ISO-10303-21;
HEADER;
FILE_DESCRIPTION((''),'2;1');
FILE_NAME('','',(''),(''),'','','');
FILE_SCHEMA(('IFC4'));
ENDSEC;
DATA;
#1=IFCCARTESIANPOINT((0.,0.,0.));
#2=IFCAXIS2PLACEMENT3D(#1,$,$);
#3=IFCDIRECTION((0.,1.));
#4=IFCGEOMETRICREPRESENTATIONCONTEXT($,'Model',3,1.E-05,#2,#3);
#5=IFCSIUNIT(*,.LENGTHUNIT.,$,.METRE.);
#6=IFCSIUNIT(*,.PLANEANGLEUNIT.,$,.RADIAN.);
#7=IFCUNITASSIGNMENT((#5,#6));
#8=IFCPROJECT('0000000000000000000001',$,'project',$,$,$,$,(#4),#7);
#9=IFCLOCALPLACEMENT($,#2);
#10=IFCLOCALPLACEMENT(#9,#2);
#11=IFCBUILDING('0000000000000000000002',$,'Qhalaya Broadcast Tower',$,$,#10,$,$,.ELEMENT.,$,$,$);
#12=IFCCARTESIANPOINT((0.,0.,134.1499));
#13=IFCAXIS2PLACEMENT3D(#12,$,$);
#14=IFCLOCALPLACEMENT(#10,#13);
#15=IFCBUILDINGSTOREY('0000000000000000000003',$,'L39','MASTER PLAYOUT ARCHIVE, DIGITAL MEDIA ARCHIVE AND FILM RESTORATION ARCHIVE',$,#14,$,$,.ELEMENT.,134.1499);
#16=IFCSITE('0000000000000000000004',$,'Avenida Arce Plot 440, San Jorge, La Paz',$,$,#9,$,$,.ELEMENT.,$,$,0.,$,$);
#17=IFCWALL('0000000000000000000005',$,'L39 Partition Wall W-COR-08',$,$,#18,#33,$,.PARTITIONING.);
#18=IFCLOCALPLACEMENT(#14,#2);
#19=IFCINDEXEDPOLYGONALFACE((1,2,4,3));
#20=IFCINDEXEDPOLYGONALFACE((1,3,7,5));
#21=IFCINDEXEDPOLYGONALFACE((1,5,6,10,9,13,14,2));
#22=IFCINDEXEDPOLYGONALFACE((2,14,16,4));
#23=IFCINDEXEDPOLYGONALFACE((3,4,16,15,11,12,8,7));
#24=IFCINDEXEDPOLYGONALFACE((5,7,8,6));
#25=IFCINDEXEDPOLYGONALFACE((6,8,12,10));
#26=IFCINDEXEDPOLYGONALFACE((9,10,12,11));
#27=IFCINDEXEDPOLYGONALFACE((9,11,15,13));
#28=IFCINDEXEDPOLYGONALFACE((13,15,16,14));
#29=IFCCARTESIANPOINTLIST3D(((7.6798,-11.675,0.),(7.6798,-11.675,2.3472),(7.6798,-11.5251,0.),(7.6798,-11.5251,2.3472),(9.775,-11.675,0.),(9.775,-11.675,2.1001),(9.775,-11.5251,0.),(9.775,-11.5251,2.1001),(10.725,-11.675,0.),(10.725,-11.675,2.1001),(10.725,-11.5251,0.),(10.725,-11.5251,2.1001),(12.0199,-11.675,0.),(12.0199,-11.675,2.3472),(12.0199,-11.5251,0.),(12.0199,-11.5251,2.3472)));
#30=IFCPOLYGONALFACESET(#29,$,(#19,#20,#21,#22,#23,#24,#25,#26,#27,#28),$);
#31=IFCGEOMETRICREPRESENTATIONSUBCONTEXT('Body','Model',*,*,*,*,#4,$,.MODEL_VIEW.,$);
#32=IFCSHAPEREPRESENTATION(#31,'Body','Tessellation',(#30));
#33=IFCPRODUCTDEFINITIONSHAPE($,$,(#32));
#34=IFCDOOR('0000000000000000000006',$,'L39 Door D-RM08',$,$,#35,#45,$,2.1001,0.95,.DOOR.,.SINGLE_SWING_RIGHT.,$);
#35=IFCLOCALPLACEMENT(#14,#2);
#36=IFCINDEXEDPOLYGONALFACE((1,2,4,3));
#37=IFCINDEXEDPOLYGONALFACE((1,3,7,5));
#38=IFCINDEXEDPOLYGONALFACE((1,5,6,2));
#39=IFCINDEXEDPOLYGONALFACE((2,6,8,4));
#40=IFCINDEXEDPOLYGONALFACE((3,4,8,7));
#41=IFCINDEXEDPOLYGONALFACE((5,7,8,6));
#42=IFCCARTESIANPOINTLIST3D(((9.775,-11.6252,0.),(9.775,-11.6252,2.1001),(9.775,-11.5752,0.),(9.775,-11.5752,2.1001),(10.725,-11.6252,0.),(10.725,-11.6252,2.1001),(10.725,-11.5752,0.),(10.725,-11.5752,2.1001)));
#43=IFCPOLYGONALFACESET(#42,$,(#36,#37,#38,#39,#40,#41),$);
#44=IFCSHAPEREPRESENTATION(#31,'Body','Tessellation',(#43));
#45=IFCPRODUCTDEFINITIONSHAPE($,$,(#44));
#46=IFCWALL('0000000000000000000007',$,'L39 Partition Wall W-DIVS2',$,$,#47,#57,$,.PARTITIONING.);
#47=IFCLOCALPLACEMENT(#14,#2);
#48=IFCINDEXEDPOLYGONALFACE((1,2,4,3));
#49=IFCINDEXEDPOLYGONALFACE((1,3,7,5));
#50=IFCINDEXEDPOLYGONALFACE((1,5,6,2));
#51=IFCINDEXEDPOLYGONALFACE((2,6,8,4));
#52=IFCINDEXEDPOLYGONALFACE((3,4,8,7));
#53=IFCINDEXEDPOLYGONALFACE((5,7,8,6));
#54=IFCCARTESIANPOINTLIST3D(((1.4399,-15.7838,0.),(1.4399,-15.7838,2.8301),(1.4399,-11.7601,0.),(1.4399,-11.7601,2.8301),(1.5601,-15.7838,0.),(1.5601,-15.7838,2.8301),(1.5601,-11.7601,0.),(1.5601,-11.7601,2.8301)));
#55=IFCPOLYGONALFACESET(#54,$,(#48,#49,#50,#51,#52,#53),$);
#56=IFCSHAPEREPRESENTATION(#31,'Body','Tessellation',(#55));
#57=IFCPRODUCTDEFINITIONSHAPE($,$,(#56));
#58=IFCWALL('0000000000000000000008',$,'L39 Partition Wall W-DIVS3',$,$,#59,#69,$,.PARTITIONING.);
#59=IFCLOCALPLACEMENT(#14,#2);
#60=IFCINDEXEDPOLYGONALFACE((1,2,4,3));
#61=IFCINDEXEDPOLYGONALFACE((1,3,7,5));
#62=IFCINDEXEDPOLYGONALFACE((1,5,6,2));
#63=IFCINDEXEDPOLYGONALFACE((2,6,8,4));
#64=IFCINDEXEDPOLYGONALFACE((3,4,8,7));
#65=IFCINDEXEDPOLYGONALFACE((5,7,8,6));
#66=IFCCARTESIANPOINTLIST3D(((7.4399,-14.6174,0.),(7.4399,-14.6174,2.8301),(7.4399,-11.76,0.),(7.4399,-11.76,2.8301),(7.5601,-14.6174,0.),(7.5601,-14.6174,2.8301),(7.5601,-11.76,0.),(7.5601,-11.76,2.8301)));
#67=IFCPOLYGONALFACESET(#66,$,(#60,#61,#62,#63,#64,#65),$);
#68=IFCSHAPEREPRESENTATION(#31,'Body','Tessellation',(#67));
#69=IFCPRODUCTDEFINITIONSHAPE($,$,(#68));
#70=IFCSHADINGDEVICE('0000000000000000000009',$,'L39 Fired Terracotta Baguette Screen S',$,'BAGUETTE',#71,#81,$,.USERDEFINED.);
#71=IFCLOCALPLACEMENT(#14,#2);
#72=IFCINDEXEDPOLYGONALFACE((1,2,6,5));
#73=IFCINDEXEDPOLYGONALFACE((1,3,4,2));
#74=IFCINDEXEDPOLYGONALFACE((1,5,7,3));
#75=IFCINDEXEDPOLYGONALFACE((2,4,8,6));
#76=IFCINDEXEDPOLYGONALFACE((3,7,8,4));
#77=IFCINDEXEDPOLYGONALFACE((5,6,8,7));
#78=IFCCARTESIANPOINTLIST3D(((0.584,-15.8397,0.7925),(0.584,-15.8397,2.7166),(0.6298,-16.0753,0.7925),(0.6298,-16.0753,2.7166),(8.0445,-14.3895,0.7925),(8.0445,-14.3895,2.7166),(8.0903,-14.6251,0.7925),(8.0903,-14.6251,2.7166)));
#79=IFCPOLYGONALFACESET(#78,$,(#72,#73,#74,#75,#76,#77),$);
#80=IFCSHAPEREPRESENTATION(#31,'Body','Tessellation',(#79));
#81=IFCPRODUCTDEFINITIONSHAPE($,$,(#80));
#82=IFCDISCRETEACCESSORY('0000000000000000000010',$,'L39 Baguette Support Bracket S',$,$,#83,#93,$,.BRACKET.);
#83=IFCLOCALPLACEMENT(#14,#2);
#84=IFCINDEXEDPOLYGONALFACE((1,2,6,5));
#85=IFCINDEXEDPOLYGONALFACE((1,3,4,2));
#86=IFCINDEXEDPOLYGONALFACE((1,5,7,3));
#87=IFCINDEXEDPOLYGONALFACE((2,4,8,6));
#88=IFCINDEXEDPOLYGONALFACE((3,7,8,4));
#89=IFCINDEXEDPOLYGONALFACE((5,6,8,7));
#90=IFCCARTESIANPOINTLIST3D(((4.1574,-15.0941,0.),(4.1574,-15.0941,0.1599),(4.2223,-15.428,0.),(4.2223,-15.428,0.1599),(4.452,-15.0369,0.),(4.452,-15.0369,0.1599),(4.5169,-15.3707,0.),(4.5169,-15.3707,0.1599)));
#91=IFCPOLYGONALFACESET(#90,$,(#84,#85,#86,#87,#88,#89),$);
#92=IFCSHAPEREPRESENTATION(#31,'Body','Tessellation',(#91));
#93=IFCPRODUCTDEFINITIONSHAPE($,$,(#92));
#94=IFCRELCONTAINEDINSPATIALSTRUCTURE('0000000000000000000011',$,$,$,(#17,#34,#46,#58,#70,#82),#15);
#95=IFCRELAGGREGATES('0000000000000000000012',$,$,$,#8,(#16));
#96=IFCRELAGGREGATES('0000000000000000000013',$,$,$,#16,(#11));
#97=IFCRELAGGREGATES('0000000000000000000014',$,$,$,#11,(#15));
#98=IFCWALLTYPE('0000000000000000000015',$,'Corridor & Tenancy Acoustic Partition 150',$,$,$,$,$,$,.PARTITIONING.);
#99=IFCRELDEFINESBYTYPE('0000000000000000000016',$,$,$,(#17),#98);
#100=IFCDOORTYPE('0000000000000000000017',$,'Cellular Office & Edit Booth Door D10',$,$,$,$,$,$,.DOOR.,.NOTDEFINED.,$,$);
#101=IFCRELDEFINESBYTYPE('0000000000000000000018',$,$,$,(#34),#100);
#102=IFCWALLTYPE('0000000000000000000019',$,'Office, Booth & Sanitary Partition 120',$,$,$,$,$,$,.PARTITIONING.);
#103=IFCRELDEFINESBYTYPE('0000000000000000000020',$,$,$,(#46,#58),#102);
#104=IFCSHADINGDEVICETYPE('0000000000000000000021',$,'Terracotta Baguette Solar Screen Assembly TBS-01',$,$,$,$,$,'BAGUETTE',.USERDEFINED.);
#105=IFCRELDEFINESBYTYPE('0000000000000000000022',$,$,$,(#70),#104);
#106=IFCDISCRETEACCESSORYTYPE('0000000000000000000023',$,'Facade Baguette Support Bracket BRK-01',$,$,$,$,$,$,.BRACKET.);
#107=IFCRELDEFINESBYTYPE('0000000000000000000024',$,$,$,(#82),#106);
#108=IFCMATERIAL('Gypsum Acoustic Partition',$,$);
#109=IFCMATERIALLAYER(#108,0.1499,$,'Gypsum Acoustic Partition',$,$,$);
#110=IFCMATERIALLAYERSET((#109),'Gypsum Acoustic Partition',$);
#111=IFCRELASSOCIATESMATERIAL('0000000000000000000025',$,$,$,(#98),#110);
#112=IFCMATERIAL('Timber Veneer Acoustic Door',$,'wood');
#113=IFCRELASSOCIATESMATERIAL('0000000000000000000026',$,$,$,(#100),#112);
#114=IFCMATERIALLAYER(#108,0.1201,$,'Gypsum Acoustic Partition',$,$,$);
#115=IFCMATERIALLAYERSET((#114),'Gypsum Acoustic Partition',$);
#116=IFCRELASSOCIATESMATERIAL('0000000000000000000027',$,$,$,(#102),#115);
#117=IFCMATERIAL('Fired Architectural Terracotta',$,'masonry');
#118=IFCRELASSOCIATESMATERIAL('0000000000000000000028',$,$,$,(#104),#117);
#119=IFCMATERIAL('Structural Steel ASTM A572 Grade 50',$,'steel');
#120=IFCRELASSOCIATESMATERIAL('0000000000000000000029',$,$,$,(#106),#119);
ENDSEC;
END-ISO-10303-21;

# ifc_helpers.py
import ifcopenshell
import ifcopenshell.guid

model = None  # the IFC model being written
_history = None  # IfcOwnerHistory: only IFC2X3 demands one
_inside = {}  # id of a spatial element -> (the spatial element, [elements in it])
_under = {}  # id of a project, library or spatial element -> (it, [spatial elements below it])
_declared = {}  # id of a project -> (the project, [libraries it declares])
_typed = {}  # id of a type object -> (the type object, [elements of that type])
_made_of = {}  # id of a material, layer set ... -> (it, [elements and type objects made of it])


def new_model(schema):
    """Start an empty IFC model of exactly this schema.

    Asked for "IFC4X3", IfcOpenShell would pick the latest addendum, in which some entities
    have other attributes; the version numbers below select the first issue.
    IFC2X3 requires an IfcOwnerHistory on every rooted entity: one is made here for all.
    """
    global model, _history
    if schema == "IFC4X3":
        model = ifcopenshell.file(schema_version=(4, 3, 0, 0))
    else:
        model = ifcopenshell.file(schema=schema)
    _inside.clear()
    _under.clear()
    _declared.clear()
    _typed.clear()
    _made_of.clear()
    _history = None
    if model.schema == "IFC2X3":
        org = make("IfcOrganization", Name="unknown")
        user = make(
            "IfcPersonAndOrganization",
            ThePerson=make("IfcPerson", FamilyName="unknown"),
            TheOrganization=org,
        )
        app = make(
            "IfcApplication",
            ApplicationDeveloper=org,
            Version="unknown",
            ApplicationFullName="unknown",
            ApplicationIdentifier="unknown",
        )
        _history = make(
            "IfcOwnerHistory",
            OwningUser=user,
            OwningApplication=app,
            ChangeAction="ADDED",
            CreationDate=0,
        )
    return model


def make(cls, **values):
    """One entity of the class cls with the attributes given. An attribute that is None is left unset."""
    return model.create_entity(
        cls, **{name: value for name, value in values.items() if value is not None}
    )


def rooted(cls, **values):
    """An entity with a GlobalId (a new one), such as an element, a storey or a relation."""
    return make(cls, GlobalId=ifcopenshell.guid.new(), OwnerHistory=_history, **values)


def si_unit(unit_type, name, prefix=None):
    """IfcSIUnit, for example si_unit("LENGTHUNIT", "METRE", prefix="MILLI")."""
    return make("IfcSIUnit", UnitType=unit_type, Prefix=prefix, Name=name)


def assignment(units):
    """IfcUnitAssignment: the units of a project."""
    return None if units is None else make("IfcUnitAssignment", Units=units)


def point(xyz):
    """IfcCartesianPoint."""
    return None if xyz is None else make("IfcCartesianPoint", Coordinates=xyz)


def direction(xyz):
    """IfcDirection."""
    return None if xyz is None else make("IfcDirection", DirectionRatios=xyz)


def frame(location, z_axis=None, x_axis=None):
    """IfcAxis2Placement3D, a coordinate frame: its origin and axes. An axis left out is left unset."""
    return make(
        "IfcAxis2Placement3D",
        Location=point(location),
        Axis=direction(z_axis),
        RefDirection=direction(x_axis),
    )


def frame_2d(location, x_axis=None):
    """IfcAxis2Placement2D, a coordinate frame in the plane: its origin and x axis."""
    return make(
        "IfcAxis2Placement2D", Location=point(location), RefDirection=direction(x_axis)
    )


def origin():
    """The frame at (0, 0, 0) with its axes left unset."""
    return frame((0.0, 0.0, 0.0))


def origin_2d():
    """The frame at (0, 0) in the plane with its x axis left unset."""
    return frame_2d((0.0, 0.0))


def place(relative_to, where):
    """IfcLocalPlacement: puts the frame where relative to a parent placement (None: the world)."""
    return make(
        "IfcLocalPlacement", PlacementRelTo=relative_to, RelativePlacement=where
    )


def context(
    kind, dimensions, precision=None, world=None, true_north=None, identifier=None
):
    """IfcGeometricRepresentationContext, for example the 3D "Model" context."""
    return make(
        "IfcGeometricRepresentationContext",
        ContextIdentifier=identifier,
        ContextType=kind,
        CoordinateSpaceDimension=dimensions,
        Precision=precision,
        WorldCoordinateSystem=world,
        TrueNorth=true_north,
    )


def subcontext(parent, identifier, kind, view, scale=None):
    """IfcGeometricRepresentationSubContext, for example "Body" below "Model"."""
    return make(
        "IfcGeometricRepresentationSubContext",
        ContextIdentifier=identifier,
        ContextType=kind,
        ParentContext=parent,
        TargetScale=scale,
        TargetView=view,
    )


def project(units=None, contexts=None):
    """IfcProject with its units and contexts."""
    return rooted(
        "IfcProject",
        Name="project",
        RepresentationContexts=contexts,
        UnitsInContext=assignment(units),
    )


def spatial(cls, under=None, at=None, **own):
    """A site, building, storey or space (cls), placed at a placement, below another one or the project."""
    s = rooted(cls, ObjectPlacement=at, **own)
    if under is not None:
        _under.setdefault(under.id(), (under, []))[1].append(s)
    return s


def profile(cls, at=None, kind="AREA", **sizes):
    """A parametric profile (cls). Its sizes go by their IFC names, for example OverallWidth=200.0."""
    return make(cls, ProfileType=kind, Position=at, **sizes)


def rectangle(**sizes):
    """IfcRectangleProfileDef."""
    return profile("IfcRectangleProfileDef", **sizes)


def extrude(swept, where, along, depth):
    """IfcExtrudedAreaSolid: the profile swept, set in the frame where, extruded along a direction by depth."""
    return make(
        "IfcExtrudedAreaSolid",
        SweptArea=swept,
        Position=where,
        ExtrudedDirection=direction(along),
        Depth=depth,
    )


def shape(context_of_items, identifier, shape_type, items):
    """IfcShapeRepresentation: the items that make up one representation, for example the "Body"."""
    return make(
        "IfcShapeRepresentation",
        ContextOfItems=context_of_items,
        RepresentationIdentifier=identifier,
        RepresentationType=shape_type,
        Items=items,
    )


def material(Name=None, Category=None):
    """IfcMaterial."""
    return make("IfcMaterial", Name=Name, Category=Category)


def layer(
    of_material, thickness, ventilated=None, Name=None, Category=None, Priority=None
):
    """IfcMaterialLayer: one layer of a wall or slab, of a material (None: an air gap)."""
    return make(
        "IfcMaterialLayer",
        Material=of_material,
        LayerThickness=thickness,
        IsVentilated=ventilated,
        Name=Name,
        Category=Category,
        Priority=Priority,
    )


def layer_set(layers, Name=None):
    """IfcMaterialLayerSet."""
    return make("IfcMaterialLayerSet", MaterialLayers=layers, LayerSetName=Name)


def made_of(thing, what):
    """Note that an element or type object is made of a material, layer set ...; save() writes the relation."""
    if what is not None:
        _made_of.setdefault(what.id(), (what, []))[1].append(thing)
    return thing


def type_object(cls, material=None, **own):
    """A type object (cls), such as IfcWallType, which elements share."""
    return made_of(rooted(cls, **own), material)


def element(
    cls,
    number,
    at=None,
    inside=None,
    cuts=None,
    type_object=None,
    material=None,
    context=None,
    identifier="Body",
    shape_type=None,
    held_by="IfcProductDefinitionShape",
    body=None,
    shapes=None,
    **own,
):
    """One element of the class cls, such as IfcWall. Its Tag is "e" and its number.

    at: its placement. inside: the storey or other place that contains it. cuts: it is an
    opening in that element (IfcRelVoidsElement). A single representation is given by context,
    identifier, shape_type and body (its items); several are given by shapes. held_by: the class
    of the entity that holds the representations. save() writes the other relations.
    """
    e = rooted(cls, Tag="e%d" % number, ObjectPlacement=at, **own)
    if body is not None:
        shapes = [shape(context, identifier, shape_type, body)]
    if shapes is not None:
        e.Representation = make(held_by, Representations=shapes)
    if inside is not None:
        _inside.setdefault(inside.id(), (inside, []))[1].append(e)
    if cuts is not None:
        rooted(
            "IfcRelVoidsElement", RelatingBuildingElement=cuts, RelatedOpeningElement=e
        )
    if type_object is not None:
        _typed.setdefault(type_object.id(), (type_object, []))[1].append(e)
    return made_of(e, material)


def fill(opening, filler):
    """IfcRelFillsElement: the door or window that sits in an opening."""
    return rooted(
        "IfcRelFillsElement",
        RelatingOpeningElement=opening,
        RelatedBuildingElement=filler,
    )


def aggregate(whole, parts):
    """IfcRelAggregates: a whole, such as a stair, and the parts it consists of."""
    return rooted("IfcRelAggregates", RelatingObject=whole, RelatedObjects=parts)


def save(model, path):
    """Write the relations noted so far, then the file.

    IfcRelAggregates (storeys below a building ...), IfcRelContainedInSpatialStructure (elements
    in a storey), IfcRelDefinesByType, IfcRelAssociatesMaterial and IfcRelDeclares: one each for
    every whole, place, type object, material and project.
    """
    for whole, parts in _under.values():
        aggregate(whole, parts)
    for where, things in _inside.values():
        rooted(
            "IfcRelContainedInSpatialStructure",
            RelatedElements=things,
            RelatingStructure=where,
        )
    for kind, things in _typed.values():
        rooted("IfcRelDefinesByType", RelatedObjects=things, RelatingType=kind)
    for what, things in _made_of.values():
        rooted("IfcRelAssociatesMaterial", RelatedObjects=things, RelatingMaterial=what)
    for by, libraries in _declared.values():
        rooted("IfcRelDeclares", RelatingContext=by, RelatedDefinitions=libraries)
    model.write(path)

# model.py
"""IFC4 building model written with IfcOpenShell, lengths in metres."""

from ifc_helpers import new_model, si_unit, direction, frame, frame_2d, origin, origin_2d, place, context, subcontext, project, spatial, rectangle, extrude, material, layer, layer_set, type_object, element, fill, save


model = new_model("IFC4")

# Units and contexts
model_context = context("Model", 3, precision=1e-05, world=origin(), true_north=direction((0.0, 1.0)))
body_context = subcontext(model_context, "Body", "Model", "MODEL_VIEW")
ifc_project = project(units=[si_unit("LENGTHUNIT", "METRE"), si_unit("PLANEANGLEUNIT", "RADIAN")], contexts=[model_context])

# Site, building, storey
site_placement = place(None, origin())
site = spatial("IfcSite", under=ifc_project, at=site_placement, Name="Avenida Arce Plot 440, San Jorge, La Paz", CompositionType="ELEMENT", RefElevation=0.0)
building_placement = place(site_placement, origin())
building = spatial("IfcBuilding", under=site, at=building_placement, Name="Qhalaya Broadcast Tower", CompositionType="ELEMENT")
storey_placement = place(building_placement, frame((0.0, 0.0, 134.1499)))
storey = spatial("IfcBuildingStorey", under=building, at=storey_placement, Name="L39", Description="MASTER PLAYOUT ARCHIVE, DIGITAL MEDIA ARCHIVE AND FILM RESTORATION ARCHIVE", CompositionType="ELEMENT", Elevation=134.1499)

# Shared definitions
ifc_material_1 = material(Name="Structural Steel ASTM A572 Grade 50", Category="steel")

# Wall, opening, door
ifc_material_2 = material(Name="Gypsum Acoustic Partition")
ifc_layer_1 = layer(ifc_material_2, 0.1499, Name="Gypsum Acoustic Partition")
ifc_layer_set_1 = layer_set([ifc_layer_1], Name="Gypsum Acoustic Partition")
wall_type_1 = type_object("IfcWallType", Name="Corridor & Tenancy Acoustic Partition 150", PredefinedType="PARTITIONING", material=ifc_layer_set_1)
wall_1_placement = place(storey_placement, frame((7.6799, -11.6001, 0.0), z_axis=(0.0, 0.0, 1.0), x_axis=(1.0, 0.0, 0.0)))
wall_1 = element("IfcWall", 1, at=wall_1_placement, inside=storey, type_object=wall_type_1, Name="L39 Partition Wall W-COR-08", PredefinedType="PARTITIONING", context=body_context, shape_type="SweptSolid", body=[
    extrude(rectangle(XDim=4.3401, YDim=0.1499, at=frame_2d((2.1699, 0.0))), origin(), (0.0, 0.0, 1.0), 2.3472),
])
opening_1_placement = place(wall_1_placement, frame((2.095, 0.0, 0.0)))
opening_1 = element("IfcOpeningElement", 2, at=opening_1_placement, cuts=wall_1, PredefinedType="OPENING", context=body_context, shape_type="SweptSolid", body=[
    extrude(rectangle(XDim=0.95, YDim=2.1001, at=frame_2d((0.4751, 1.05))), frame((0.0, 0.0869, 0.0), z_axis=(0.0, -1.0, 0.0), x_axis=(1.0, 0.0, 0.0)), (0.0, 0.0, 1.0), 0.1738),
])
ifc_material_3 = material(Name="Timber Veneer Acoustic Door", Category="wood")
door_type_1 = type_object("IfcDoorType", Name="Cellular Office & Edit Booth Door D10", OperationType="NOTDEFINED", PredefinedType="DOOR", material=ifc_material_3)
door_1_placement = place(opening_1_placement, origin())
door_1 = element("IfcDoor", 3, at=door_1_placement, inside=storey, type_object=door_type_1, Name="L39 Door D-RM08", OperationType="SINGLE_SWING_RIGHT", OverallHeight=2.1001, OverallWidth=0.95, PredefinedType="DOOR", context=body_context, shape_type="SweptSolid", body=[
    extrude(rectangle(XDim=0.95, YDim=2.1001, at=frame_2d((0.4751, 1.05))), frame((0.0, 0.0249, 0.0), z_axis=(0.0, -1.0, 0.0), x_axis=(1.0, 0.0, 0.0)), (0.0, 0.0, 1.0), 0.05),
])
fill(opening_1, door_1)

# Walls
ifc_layer_2 = layer(ifc_material_2, 0.1201, Name="Gypsum Acoustic Partition")
ifc_layer_set_2 = layer_set([ifc_layer_2], Name="Gypsum Acoustic Partition")
wall_type_2 = type_object("IfcWallType", Name="Office, Booth & Sanitary Partition 120", PredefinedType="PARTITIONING", material=ifc_layer_set_2)
wall_2_placement = place(storey_placement, frame((1.5, -15.7837, 0.0), z_axis=(0.0, 0.0, 1.0), x_axis=(0.0, 1.0, 0.0)))
element("IfcWall", 4, at=wall_2_placement, inside=storey, type_object=wall_type_2, Name="L39 Partition Wall W-DIVS2", PredefinedType="PARTITIONING", context=body_context, shape_type="SweptSolid", body=[
    extrude(rectangle(XDim=4.0237, YDim=0.1201, at=frame_2d((2.0117, 0.0))), origin(), (0.0, 0.0, 1.0), 2.8301),
])
wall_3_placement = place(storey_placement, frame((7.5, -14.6174, 0.0), z_axis=(0.0, 0.0, 1.0), x_axis=(0.0, 1.0, 0.0)))
element("IfcWall", 5, at=wall_3_placement, inside=storey, type_object=wall_type_2, Name="L39 Partition Wall W-DIVS3", PredefinedType="PARTITIONING", context=body_context, shape_type="SweptSolid", body=[
    extrude(rectangle(XDim=2.8574, YDim=0.1201, at=frame_2d((1.4287, 0.0))), origin(), (0.0, 0.0, 1.0), 2.8301),
])

# Shading device
ifc_material_4 = material(Name="Fired Architectural Terracotta", Category="masonry")
shading_device_type = type_object("IfcShadingDeviceType", Name="Terracotta Baguette Solar Screen Assembly TBS-01", ElementType="BAGUETTE", PredefinedType="USERDEFINED", material=ifc_material_4)
shading_device_placement = place(storey_placement, frame((4.3372, -15.2324, 0.7925), z_axis=(0.0, 0.0, 1.0), x_axis=(0.981627, 0.190809, 0.0)))
element("IfcShadingDevice", 6, at=shading_device_placement, inside=storey, type_object=shading_device_type, Name="L39 Fired Terracotta Baguette Screen S", ObjectType="BAGUETTE", PredefinedType="USERDEFINED", context=body_context, shape_type="SweptSolid", body=[
    extrude(rectangle(XDim=7.6001, YDim=0.24, at=origin_2d()), origin(), (0.0, 0.0, 1.0), 1.9241),
])

# Discrete accessory
discrete_accessory_type = type_object("IfcDiscreteAccessoryType", Name="Facade Baguette Support Bracket BRK-01", PredefinedType="BRACKET", material=ifc_material_1)
discrete_accessory_placement = place(storey_placement, frame((4.3372, -15.2324, 0.0), z_axis=(0.0, 0.0, 1.0), x_axis=(0.981627, 0.190809, 0.0)))
element("IfcDiscreteAccessory", 7, at=discrete_accessory_placement, inside=storey, type_object=discrete_accessory_type, Name="L39 Baguette Support Bracket S", PredefinedType="BRACKET", context=body_context, shape_type="SweptSolid", body=[
    extrude(rectangle(XDim=0.3, YDim=0.3401, at=origin_2d()), origin(), (0.0, 0.0, 1.0), 0.1599),
])

save(model, "model.ifc")
